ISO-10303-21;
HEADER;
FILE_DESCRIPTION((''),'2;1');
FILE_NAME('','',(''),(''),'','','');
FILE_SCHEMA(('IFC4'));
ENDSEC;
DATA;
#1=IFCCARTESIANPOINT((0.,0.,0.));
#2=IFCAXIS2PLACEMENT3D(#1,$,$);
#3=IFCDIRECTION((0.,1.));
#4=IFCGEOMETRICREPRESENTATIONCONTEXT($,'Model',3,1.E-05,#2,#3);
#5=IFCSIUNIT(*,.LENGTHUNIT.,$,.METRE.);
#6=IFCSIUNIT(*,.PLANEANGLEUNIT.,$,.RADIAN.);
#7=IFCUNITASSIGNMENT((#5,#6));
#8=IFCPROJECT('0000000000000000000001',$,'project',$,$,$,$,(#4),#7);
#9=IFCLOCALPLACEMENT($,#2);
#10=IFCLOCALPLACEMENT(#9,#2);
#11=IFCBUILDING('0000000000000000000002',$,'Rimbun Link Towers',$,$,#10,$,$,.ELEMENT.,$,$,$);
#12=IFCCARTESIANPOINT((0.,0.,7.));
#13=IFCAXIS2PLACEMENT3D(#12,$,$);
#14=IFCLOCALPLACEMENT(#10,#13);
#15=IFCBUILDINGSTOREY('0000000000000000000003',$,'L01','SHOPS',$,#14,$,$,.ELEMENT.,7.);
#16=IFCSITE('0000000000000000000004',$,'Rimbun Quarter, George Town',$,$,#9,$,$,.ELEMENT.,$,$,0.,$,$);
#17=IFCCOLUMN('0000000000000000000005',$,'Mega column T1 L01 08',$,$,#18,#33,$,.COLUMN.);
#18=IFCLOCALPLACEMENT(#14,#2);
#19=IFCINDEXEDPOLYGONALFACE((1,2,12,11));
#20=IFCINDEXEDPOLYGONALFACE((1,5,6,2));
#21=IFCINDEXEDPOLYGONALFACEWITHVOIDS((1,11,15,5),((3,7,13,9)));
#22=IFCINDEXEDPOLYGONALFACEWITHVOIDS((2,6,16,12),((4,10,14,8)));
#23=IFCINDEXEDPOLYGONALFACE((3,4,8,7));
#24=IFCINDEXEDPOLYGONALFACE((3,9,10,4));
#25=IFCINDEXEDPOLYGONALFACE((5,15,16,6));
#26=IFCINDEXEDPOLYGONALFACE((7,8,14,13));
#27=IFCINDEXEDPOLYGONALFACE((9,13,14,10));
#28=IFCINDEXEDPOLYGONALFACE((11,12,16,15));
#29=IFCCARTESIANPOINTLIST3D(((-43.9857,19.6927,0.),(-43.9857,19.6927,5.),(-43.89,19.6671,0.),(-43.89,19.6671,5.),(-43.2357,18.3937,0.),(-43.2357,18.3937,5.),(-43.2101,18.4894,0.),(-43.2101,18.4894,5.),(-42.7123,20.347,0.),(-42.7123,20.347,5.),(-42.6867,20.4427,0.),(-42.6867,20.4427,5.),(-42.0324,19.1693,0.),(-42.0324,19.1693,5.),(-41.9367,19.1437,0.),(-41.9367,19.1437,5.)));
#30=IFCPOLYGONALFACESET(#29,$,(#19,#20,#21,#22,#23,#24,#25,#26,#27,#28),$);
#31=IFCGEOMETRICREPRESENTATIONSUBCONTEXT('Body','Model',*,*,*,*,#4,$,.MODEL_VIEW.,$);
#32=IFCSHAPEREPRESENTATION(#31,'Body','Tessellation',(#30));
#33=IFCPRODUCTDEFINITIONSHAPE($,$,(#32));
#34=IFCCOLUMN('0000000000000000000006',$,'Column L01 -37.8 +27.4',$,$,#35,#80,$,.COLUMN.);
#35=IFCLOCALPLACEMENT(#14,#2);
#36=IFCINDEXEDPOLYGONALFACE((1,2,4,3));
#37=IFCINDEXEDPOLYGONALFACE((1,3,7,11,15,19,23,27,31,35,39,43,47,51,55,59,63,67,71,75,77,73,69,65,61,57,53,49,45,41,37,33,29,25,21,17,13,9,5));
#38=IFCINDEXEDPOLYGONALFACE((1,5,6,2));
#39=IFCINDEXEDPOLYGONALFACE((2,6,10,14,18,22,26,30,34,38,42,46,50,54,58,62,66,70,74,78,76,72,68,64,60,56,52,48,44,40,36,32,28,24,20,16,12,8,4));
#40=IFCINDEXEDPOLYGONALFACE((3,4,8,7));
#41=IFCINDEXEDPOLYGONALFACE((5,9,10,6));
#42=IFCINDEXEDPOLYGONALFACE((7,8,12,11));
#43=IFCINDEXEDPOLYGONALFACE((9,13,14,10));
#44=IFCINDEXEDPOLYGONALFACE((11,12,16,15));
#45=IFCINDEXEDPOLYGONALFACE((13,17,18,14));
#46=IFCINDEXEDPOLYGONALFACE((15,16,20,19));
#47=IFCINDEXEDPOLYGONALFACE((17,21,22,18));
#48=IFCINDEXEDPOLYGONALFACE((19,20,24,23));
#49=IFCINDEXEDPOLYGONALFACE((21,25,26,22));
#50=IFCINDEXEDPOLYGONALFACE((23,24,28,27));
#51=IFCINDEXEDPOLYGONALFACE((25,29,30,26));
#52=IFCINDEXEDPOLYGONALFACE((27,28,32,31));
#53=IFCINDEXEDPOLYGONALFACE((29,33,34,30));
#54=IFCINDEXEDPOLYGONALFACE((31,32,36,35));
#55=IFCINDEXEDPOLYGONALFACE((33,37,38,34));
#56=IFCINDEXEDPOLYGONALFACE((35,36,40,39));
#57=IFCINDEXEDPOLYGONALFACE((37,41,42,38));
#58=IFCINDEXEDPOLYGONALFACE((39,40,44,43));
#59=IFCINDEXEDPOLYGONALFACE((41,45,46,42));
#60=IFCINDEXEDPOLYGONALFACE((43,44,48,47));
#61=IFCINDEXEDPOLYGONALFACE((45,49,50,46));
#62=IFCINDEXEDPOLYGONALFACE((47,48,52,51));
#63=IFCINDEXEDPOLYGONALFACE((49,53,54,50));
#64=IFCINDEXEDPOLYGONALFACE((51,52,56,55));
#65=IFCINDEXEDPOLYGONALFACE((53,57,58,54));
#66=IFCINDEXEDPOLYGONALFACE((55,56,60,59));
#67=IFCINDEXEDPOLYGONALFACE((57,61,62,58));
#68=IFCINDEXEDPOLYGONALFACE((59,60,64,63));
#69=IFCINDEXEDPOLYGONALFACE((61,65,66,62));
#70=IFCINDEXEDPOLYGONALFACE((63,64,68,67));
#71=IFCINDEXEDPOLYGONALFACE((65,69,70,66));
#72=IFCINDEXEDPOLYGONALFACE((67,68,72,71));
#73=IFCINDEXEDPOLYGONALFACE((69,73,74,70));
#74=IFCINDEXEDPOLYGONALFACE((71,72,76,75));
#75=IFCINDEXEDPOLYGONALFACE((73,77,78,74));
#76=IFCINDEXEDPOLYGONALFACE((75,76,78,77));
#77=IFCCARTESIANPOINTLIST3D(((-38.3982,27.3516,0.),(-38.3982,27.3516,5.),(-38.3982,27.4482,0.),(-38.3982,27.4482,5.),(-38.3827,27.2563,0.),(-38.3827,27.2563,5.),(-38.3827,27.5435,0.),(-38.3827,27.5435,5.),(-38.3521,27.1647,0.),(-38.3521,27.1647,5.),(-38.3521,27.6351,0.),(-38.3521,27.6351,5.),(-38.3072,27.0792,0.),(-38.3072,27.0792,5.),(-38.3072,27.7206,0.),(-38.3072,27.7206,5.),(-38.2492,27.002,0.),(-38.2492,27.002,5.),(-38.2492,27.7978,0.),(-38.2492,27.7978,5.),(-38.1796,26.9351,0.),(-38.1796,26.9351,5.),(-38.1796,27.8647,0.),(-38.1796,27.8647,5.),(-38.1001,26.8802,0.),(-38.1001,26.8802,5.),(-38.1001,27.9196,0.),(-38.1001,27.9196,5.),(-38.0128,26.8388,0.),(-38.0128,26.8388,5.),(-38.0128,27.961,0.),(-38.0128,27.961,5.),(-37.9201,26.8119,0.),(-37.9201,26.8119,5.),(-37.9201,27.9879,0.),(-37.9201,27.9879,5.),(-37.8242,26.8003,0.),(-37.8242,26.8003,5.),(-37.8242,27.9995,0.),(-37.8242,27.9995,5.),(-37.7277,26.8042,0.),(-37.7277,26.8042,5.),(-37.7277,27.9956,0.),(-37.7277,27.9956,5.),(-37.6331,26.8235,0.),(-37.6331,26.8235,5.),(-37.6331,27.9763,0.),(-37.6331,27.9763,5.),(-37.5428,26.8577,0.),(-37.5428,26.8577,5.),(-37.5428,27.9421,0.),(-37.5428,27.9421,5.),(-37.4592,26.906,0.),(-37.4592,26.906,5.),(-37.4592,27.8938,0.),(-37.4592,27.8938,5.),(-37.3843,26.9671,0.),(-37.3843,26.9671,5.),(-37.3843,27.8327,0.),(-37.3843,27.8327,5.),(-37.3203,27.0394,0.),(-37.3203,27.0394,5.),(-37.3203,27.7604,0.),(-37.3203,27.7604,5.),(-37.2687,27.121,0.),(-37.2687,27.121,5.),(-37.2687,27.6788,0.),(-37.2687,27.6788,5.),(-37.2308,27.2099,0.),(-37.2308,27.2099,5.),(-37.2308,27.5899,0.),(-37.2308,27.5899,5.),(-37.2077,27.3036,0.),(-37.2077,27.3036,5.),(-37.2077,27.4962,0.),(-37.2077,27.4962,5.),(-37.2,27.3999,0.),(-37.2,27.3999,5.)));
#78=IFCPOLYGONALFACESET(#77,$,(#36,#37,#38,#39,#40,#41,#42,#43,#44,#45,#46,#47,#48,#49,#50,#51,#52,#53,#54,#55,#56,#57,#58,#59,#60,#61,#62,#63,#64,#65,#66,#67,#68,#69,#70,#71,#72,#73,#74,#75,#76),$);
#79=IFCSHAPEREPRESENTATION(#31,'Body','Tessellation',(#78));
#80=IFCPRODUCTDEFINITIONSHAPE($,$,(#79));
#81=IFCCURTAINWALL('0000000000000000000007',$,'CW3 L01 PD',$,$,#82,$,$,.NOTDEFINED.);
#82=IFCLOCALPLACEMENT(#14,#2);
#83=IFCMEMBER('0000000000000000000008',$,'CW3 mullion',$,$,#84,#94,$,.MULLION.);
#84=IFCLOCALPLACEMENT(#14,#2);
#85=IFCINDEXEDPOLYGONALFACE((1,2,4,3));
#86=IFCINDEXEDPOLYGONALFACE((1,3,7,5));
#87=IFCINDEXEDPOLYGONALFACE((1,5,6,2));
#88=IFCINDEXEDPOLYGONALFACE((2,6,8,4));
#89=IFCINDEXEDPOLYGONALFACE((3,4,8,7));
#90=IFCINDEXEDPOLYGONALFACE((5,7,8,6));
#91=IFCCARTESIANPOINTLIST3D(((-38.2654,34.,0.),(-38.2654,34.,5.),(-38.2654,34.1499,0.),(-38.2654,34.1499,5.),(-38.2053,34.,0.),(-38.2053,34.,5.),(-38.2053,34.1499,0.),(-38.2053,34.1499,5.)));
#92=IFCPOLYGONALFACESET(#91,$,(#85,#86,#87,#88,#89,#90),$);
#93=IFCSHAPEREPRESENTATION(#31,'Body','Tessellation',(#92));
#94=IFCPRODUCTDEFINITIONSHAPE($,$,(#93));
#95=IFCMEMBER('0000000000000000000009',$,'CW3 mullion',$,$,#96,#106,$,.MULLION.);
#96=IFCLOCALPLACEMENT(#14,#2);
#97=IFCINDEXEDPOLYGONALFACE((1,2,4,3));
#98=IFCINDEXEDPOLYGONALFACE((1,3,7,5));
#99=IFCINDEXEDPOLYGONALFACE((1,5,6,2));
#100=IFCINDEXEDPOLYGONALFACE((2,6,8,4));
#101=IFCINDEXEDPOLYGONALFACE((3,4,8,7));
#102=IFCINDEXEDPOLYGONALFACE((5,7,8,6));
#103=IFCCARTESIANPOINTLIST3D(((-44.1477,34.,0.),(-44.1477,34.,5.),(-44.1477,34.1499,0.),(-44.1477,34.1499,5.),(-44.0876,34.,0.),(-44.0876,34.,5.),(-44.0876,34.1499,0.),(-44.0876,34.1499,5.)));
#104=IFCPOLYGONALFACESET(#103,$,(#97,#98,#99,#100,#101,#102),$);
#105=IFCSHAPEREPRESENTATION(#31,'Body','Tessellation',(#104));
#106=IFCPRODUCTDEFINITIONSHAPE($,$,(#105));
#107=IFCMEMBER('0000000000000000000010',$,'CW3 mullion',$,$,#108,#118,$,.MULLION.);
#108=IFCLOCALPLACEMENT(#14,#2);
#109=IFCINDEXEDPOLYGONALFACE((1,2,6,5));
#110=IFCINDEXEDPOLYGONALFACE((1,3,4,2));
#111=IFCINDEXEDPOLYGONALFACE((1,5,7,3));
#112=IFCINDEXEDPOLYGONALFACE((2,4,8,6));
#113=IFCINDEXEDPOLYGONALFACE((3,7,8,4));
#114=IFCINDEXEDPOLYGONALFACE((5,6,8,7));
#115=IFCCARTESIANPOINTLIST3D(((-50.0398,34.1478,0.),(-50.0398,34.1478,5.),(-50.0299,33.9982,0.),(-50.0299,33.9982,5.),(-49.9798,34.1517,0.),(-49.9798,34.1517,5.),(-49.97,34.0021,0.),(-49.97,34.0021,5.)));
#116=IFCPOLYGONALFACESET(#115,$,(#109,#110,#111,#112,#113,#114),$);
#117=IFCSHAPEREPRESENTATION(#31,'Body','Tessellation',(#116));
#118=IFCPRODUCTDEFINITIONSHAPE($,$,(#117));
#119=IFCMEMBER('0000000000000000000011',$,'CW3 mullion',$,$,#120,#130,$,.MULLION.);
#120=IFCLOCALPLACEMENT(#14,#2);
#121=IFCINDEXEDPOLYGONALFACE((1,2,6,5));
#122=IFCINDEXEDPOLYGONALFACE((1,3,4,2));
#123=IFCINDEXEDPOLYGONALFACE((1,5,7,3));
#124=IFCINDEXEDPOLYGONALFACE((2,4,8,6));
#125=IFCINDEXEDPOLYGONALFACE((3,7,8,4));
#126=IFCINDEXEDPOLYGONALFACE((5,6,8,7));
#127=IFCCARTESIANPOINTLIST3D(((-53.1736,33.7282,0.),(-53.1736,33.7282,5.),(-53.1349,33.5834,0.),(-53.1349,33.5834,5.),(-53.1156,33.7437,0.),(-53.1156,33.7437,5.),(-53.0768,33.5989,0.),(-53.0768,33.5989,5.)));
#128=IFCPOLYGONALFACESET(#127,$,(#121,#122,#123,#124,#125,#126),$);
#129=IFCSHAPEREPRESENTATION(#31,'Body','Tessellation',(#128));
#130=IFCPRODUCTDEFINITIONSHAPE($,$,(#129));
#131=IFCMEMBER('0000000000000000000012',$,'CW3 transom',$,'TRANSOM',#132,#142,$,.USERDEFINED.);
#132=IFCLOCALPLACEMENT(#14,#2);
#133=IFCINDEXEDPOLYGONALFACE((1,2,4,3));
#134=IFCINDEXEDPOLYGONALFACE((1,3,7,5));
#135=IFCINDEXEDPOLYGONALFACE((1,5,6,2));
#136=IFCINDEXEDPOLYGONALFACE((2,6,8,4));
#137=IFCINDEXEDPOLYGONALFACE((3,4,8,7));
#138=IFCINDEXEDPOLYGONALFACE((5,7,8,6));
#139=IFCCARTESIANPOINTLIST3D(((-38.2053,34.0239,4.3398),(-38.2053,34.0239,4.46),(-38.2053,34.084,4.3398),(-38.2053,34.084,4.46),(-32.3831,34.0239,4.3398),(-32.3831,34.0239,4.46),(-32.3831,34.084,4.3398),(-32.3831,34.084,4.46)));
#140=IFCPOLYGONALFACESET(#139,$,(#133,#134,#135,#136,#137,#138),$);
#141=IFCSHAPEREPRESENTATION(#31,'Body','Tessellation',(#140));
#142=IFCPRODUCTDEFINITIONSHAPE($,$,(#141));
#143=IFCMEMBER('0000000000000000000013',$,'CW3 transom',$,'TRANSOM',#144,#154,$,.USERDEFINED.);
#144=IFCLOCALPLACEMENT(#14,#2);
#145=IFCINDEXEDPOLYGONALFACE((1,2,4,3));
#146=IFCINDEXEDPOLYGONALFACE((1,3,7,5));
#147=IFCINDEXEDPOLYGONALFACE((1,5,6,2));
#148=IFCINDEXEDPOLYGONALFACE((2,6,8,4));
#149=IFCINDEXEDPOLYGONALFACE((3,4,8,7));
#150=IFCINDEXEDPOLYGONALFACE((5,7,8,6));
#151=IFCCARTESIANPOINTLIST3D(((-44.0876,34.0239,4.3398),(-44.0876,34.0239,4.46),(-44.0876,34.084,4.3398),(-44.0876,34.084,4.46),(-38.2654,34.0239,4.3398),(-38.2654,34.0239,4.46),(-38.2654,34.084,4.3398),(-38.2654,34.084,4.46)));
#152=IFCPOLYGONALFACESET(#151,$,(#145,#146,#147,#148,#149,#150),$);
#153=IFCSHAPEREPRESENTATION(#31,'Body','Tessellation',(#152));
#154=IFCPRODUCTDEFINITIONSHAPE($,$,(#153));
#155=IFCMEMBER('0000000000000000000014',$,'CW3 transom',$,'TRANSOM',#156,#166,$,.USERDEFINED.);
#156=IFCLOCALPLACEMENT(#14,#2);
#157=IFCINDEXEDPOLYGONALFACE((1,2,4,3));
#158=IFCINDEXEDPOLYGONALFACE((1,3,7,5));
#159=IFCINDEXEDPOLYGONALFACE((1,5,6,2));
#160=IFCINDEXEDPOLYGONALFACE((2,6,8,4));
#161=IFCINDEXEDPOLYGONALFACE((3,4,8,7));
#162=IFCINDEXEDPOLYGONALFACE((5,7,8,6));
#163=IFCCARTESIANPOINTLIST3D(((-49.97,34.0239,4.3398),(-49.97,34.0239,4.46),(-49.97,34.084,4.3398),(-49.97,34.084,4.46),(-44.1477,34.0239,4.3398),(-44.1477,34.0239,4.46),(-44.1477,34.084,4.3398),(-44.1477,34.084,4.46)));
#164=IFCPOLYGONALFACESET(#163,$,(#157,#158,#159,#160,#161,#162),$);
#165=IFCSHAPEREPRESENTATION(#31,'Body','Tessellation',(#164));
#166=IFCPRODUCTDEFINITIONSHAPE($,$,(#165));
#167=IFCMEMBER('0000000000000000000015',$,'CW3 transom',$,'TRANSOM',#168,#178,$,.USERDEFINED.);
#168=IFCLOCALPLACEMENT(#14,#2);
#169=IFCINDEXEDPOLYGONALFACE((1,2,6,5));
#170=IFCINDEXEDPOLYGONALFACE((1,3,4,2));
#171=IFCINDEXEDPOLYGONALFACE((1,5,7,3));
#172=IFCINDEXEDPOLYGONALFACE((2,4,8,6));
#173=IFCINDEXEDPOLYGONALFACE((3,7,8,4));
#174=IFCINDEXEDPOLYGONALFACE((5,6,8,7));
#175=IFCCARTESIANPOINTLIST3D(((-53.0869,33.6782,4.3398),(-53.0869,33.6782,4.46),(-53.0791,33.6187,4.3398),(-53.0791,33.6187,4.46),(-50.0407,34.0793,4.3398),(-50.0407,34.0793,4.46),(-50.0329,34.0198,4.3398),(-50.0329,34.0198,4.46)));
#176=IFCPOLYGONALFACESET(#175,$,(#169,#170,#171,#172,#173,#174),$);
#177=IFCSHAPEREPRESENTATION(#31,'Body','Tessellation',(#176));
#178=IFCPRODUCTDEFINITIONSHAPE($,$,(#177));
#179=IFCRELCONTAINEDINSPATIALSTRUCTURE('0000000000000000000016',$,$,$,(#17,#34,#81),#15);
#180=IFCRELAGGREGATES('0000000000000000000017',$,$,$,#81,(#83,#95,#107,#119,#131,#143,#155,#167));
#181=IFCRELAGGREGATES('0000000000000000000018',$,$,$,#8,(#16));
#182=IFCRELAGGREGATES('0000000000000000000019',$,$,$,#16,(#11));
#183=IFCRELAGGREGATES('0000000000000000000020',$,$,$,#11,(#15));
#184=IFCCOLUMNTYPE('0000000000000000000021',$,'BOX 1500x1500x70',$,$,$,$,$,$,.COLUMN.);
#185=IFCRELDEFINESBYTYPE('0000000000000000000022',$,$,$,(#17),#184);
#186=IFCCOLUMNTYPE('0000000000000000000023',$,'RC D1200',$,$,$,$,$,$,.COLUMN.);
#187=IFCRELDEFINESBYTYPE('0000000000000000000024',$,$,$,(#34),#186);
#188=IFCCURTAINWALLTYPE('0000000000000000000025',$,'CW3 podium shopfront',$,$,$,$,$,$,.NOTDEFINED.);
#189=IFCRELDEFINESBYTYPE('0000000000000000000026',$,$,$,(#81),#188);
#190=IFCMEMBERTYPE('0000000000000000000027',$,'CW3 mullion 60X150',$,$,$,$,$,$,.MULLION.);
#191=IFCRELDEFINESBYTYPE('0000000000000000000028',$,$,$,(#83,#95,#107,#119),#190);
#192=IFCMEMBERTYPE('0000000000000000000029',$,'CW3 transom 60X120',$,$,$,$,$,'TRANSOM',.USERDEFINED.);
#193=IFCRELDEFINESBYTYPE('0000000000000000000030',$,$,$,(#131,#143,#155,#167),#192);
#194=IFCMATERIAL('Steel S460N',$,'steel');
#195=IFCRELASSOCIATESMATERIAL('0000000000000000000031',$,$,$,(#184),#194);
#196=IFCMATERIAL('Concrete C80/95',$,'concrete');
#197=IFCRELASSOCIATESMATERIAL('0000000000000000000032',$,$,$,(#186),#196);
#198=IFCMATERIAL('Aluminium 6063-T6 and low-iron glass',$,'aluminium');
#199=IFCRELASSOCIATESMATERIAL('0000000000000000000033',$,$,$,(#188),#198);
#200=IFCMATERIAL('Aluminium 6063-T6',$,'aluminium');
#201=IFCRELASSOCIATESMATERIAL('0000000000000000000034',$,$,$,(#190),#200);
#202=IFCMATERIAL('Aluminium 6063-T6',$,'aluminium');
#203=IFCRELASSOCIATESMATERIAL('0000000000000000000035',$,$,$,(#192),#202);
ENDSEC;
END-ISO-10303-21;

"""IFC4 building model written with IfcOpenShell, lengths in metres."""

from ifc_helpers import new_model, si_unit, direction, frame, origin, origin_2d, place, context, subcontext, project, spatial, rectangle, hollow_rectangle, circle, extrude, material, material_profile, profile_set, type_object, element, aggregate, save


model = new_model("IFC4")

# Units and contexts
model_context = context("Model", 3, precision=1e-05, world=origin(), true_north=direction((0.0, 1.0)))
body_context = subcontext(model_context, "Body", "Model", "MODEL_VIEW")
ifc_project = project(units=[si_unit("LENGTHUNIT", "METRE"), si_unit("PLANEANGLEUNIT", "RADIAN")], contexts=[model_context])

# Site, building, storey
site_placement = place(None, origin())
site = spatial("IfcSite", under=ifc_project, at=site_placement, Name="Rimbun Quarter, George Town", CompositionType="ELEMENT", RefElevation=0.0)
building_placement = place(site_placement, origin())
building = spatial("IfcBuilding", under=site, at=building_placement, Name="Rimbun Link Towers", CompositionType="ELEMENT")
storey_placement = place(building_placement, frame((0.0, 0.0, 7.0)))
storey = spatial("IfcBuildingStorey", under=building, at=storey_placement, Name="L01", Description="SHOPS", CompositionType="ELEMENT", Elevation=7.0)

# Columns
ifc_material_1 = material(Name="Steel S460N", Category="steel")
ifc_material_profile_1 = material_profile(ifc_material_1, hollow_rectangle(XDim=1.5, YDim=1.5, WallThickness=0.0701, at=origin_2d()), Name="BOX 1500x1500x70")
ifc_profile_set_1 = profile_set([ifc_material_profile_1], Name="Steel S460N")
column_type_1 = type_object("IfcColumnType", Name="BOX 1500x1500x70", PredefinedType="COLUMN", material=ifc_profile_set_1)
column_1_placement = place(storey_placement, frame((-42.9612, 19.4182, 0.0), z_axis=(0.0, 0.0, 1.0), x_axis=(-0.5, 0.866025, 0.0)))
element("IfcColumn", 1, at=column_1_placement, inside=storey, type_object=column_type_1, Name="Mega column T1 L01 08", PredefinedType="COLUMN", context=body_context, shape_type="SweptSolid", body=[
    extrude(hollow_rectangle(XDim=1.5, YDim=1.5, WallThickness=0.0701, at=origin_2d()), origin(), (0.0, 0.0, 1.0), 5.0),
])
ifc_material_2 = material(Name="Concrete C80/95", Category="concrete")
ifc_material_profile_2 = material_profile(ifc_material_2, circle(Radius=0.6001, at=origin_2d()), Name="RC D1200")
ifc_profile_set_2 = profile_set([ifc_material_profile_2], Name="Concrete C80/95")
column_type_2 = type_object("IfcColumnType", Name="RC D1200", PredefinedType="COLUMN", material=ifc_profile_set_2)
column_2_placement = place(storey_placement, frame((-37.8, 27.3999, 0.0), z_axis=(0.0, 0.0, 1.0), x_axis=(1.0, 0.0, 0.0)))
element("IfcColumn", 2, at=column_2_placement, inside=storey, type_object=column_type_2, Name="Column L01 -37.8 +27.4", PredefinedType="COLUMN", context=body_context, shape_type="SweptSolid", body=[
    extrude(circle(Radius=0.6001, at=origin_2d()), origin(), (0.0, 0.0, 1.0), 5.0),
])

# Curtain wall, members
ifc_material_3 = material(Name="Aluminium 6063-T6 and low-iron glass", Category="aluminium")
curtain_wall_type = type_object("IfcCurtainWallType", Name="CW3 podium shopfront", PredefinedType="NOTDEFINED", material=ifc_material_3)
curtain_wall_placement = place(storey_placement, origin())
curtain_wall = element("IfcCurtainWall", 3, at=curtain_wall_placement, inside=storey, type_object=curtain_wall_type, Name="CW3 L01 PD", PredefinedType="NOTDEFINED")
ifc_material_4 = material(Name="Aluminium 6063-T6", Category="aluminium")
ifc_material_profile_3 = material_profile(ifc_material_4, rectangle(XDim=0.1499, YDim=0.0601, at=origin_2d()), Name="MULLION 60X150")
ifc_profile_set_3 = profile_set([ifc_material_profile_3], Name="Aluminium 6063-T6")
member_type_1 = type_object("IfcMemberType", Name="CW3 mullion 60X150", PredefinedType="MULLION", material=ifc_profile_set_3)
member_1_placement = place(storey_placement, frame((-38.2354, 34.075, 0.0), z_axis=(0.0, 0.0, 1.0), x_axis=(0.0, 1.0, 0.0)))
member_1 = element("IfcMember", 4, at=member_1_placement, type_object=member_type_1, Name="CW3 mullion", PredefinedType="MULLION", context=body_context, shape_type="SweptSolid", body=[
    extrude(rectangle(XDim=0.1499, YDim=0.0601, at=origin_2d()), origin(), (0.0, 0.0, 1.0), 5.0),
])
member_2_placement = place(storey_placement, frame((-44.1177, 34.075, 0.0), z_axis=(0.0, 0.0, 1.0), x_axis=(0.0, 1.0, 0.0)))
member_2 = element("IfcMember", 5, at=member_2_placement, type_object=member_type_1, Name="CW3 mullion", PredefinedType="MULLION", context=body_context, shape_type="SweptSolid", body=[
    extrude(rectangle(XDim=0.1499, YDim=0.0601, at=origin_2d()), origin(), (0.0, 0.0, 1.0), 5.0),
])
member_3_placement = place(storey_placement, frame((-50.0049, 34.075, 0.0), z_axis=(0.0, 0.0, 1.0), x_axis=(-0.065405, 0.997859, 0.0)))
member_3 = element("IfcMember", 6, at=member_3_placement, type_object=member_type_1, Name="CW3 mullion", PredefinedType="MULLION", context=body_context, shape_type="SweptSolid", body=[
    extrude(rectangle(XDim=0.1499, YDim=0.0601, at=origin_2d()), origin(), (0.0, 0.0, 1.0), 5.0),
])
member_4_placement = place(storey_placement, frame((-53.1252, 33.6636, 0.0), z_axis=(0.0, 0.0, 1.0), x_axis=(-0.258819, 0.965926, 0.0)))
member_4 = element("IfcMember", 7, at=member_4_placement, type_object=member_type_1, Name="CW3 mullion", PredefinedType="MULLION", context=body_context, shape_type="SweptSolid", body=[
    extrude(rectangle(XDim=0.1499, YDim=0.0601, at=origin_2d()), origin(), (0.0, 0.0, 1.0), 5.0),
])
ifc_material_5 = material(Name="Aluminium 6063-T6", Category="aluminium")
ifc_material_profile_4 = material_profile(ifc_material_5, rectangle(XDim=0.0601, YDim=0.1201, at=origin_2d()), Name="TRANSOM 60X120")
ifc_profile_set_4 = profile_set([ifc_material_profile_4], Name="Aluminium 6063-T6")
member_type_2 = type_object("IfcMemberType", Name="CW3 transom 60X120", ElementType="TRANSOM", PredefinedType="USERDEFINED", material=ifc_profile_set_4)
member_5_placement = place(storey_placement, frame((-38.2053, 34.054, 4.3999), z_axis=(1.0, 0.0, 0.0), x_axis=(0.0, 1.0, 0.0)))
member_5 = element("IfcMember", 8, at=member_5_placement, type_object=member_type_2, Name="CW3 transom", ObjectType="TRANSOM", PredefinedType="USERDEFINED", context=body_context, shape_type="SweptSolid", body=[
    extrude(rectangle(XDim=0.0601, YDim=0.1201, at=origin_2d()), origin(), (0.0, 0.0, 1.0), 5.8223),
])
member_6_placement = place(storey_placement, frame((-44.0876, 34.054, 4.3999), z_axis=(1.0, 0.0, 0.0), x_axis=(0.0, 1.0, 0.0)))
member_6 = element("IfcMember", 9, at=member_6_placement, type_object=member_type_2, Name="CW3 transom", ObjectType="TRANSOM", PredefinedType="USERDEFINED", context=body_context, shape_type="SweptSolid", body=[
    extrude(rectangle(XDim=0.0601, YDim=0.1201, at=origin_2d()), origin(), (0.0, 0.0, 1.0), 5.8223),
])
member_7_placement = place(storey_placement, frame((-49.97, 34.054, 4.3999), z_axis=(1.0, 0.0, 0.0), x_axis=(0.0, 1.0, 0.0)))
member_7 = element("IfcMember", 10, at=member_7_placement, type_object=member_type_2, Name="CW3 transom", ObjectType="TRANSOM", PredefinedType="USERDEFINED", context=body_context, shape_type="SweptSolid", body=[
    extrude(rectangle(XDim=0.0601, YDim=0.1201, at=origin_2d()), origin(), (0.0, 0.0, 1.0), 5.8223),
])
member_8_placement = place(storey_placement, frame((-53.083, 33.6484, 4.3999), z_axis=(0.991441, 0.130555, 0.0), x_axis=(-0.130555, 0.991441, 0.0)))
member_8 = element("IfcMember", 11, at=member_8_placement, type_object=member_type_2, Name="CW3 transom", ObjectType="TRANSOM", PredefinedType="USERDEFINED", context=body_context, shape_type="SweptSolid", body=[
    extrude(rectangle(XDim=0.0601, YDim=0.1201, at=origin_2d()), origin(), (0.0, 0.0, 1.0), 3.0725),
])

aggregate(curtain_wall, [member_1, member_2, member_3, member_4, member_5, member_6, member_7, member_8])

save(model, "model.ifc")
